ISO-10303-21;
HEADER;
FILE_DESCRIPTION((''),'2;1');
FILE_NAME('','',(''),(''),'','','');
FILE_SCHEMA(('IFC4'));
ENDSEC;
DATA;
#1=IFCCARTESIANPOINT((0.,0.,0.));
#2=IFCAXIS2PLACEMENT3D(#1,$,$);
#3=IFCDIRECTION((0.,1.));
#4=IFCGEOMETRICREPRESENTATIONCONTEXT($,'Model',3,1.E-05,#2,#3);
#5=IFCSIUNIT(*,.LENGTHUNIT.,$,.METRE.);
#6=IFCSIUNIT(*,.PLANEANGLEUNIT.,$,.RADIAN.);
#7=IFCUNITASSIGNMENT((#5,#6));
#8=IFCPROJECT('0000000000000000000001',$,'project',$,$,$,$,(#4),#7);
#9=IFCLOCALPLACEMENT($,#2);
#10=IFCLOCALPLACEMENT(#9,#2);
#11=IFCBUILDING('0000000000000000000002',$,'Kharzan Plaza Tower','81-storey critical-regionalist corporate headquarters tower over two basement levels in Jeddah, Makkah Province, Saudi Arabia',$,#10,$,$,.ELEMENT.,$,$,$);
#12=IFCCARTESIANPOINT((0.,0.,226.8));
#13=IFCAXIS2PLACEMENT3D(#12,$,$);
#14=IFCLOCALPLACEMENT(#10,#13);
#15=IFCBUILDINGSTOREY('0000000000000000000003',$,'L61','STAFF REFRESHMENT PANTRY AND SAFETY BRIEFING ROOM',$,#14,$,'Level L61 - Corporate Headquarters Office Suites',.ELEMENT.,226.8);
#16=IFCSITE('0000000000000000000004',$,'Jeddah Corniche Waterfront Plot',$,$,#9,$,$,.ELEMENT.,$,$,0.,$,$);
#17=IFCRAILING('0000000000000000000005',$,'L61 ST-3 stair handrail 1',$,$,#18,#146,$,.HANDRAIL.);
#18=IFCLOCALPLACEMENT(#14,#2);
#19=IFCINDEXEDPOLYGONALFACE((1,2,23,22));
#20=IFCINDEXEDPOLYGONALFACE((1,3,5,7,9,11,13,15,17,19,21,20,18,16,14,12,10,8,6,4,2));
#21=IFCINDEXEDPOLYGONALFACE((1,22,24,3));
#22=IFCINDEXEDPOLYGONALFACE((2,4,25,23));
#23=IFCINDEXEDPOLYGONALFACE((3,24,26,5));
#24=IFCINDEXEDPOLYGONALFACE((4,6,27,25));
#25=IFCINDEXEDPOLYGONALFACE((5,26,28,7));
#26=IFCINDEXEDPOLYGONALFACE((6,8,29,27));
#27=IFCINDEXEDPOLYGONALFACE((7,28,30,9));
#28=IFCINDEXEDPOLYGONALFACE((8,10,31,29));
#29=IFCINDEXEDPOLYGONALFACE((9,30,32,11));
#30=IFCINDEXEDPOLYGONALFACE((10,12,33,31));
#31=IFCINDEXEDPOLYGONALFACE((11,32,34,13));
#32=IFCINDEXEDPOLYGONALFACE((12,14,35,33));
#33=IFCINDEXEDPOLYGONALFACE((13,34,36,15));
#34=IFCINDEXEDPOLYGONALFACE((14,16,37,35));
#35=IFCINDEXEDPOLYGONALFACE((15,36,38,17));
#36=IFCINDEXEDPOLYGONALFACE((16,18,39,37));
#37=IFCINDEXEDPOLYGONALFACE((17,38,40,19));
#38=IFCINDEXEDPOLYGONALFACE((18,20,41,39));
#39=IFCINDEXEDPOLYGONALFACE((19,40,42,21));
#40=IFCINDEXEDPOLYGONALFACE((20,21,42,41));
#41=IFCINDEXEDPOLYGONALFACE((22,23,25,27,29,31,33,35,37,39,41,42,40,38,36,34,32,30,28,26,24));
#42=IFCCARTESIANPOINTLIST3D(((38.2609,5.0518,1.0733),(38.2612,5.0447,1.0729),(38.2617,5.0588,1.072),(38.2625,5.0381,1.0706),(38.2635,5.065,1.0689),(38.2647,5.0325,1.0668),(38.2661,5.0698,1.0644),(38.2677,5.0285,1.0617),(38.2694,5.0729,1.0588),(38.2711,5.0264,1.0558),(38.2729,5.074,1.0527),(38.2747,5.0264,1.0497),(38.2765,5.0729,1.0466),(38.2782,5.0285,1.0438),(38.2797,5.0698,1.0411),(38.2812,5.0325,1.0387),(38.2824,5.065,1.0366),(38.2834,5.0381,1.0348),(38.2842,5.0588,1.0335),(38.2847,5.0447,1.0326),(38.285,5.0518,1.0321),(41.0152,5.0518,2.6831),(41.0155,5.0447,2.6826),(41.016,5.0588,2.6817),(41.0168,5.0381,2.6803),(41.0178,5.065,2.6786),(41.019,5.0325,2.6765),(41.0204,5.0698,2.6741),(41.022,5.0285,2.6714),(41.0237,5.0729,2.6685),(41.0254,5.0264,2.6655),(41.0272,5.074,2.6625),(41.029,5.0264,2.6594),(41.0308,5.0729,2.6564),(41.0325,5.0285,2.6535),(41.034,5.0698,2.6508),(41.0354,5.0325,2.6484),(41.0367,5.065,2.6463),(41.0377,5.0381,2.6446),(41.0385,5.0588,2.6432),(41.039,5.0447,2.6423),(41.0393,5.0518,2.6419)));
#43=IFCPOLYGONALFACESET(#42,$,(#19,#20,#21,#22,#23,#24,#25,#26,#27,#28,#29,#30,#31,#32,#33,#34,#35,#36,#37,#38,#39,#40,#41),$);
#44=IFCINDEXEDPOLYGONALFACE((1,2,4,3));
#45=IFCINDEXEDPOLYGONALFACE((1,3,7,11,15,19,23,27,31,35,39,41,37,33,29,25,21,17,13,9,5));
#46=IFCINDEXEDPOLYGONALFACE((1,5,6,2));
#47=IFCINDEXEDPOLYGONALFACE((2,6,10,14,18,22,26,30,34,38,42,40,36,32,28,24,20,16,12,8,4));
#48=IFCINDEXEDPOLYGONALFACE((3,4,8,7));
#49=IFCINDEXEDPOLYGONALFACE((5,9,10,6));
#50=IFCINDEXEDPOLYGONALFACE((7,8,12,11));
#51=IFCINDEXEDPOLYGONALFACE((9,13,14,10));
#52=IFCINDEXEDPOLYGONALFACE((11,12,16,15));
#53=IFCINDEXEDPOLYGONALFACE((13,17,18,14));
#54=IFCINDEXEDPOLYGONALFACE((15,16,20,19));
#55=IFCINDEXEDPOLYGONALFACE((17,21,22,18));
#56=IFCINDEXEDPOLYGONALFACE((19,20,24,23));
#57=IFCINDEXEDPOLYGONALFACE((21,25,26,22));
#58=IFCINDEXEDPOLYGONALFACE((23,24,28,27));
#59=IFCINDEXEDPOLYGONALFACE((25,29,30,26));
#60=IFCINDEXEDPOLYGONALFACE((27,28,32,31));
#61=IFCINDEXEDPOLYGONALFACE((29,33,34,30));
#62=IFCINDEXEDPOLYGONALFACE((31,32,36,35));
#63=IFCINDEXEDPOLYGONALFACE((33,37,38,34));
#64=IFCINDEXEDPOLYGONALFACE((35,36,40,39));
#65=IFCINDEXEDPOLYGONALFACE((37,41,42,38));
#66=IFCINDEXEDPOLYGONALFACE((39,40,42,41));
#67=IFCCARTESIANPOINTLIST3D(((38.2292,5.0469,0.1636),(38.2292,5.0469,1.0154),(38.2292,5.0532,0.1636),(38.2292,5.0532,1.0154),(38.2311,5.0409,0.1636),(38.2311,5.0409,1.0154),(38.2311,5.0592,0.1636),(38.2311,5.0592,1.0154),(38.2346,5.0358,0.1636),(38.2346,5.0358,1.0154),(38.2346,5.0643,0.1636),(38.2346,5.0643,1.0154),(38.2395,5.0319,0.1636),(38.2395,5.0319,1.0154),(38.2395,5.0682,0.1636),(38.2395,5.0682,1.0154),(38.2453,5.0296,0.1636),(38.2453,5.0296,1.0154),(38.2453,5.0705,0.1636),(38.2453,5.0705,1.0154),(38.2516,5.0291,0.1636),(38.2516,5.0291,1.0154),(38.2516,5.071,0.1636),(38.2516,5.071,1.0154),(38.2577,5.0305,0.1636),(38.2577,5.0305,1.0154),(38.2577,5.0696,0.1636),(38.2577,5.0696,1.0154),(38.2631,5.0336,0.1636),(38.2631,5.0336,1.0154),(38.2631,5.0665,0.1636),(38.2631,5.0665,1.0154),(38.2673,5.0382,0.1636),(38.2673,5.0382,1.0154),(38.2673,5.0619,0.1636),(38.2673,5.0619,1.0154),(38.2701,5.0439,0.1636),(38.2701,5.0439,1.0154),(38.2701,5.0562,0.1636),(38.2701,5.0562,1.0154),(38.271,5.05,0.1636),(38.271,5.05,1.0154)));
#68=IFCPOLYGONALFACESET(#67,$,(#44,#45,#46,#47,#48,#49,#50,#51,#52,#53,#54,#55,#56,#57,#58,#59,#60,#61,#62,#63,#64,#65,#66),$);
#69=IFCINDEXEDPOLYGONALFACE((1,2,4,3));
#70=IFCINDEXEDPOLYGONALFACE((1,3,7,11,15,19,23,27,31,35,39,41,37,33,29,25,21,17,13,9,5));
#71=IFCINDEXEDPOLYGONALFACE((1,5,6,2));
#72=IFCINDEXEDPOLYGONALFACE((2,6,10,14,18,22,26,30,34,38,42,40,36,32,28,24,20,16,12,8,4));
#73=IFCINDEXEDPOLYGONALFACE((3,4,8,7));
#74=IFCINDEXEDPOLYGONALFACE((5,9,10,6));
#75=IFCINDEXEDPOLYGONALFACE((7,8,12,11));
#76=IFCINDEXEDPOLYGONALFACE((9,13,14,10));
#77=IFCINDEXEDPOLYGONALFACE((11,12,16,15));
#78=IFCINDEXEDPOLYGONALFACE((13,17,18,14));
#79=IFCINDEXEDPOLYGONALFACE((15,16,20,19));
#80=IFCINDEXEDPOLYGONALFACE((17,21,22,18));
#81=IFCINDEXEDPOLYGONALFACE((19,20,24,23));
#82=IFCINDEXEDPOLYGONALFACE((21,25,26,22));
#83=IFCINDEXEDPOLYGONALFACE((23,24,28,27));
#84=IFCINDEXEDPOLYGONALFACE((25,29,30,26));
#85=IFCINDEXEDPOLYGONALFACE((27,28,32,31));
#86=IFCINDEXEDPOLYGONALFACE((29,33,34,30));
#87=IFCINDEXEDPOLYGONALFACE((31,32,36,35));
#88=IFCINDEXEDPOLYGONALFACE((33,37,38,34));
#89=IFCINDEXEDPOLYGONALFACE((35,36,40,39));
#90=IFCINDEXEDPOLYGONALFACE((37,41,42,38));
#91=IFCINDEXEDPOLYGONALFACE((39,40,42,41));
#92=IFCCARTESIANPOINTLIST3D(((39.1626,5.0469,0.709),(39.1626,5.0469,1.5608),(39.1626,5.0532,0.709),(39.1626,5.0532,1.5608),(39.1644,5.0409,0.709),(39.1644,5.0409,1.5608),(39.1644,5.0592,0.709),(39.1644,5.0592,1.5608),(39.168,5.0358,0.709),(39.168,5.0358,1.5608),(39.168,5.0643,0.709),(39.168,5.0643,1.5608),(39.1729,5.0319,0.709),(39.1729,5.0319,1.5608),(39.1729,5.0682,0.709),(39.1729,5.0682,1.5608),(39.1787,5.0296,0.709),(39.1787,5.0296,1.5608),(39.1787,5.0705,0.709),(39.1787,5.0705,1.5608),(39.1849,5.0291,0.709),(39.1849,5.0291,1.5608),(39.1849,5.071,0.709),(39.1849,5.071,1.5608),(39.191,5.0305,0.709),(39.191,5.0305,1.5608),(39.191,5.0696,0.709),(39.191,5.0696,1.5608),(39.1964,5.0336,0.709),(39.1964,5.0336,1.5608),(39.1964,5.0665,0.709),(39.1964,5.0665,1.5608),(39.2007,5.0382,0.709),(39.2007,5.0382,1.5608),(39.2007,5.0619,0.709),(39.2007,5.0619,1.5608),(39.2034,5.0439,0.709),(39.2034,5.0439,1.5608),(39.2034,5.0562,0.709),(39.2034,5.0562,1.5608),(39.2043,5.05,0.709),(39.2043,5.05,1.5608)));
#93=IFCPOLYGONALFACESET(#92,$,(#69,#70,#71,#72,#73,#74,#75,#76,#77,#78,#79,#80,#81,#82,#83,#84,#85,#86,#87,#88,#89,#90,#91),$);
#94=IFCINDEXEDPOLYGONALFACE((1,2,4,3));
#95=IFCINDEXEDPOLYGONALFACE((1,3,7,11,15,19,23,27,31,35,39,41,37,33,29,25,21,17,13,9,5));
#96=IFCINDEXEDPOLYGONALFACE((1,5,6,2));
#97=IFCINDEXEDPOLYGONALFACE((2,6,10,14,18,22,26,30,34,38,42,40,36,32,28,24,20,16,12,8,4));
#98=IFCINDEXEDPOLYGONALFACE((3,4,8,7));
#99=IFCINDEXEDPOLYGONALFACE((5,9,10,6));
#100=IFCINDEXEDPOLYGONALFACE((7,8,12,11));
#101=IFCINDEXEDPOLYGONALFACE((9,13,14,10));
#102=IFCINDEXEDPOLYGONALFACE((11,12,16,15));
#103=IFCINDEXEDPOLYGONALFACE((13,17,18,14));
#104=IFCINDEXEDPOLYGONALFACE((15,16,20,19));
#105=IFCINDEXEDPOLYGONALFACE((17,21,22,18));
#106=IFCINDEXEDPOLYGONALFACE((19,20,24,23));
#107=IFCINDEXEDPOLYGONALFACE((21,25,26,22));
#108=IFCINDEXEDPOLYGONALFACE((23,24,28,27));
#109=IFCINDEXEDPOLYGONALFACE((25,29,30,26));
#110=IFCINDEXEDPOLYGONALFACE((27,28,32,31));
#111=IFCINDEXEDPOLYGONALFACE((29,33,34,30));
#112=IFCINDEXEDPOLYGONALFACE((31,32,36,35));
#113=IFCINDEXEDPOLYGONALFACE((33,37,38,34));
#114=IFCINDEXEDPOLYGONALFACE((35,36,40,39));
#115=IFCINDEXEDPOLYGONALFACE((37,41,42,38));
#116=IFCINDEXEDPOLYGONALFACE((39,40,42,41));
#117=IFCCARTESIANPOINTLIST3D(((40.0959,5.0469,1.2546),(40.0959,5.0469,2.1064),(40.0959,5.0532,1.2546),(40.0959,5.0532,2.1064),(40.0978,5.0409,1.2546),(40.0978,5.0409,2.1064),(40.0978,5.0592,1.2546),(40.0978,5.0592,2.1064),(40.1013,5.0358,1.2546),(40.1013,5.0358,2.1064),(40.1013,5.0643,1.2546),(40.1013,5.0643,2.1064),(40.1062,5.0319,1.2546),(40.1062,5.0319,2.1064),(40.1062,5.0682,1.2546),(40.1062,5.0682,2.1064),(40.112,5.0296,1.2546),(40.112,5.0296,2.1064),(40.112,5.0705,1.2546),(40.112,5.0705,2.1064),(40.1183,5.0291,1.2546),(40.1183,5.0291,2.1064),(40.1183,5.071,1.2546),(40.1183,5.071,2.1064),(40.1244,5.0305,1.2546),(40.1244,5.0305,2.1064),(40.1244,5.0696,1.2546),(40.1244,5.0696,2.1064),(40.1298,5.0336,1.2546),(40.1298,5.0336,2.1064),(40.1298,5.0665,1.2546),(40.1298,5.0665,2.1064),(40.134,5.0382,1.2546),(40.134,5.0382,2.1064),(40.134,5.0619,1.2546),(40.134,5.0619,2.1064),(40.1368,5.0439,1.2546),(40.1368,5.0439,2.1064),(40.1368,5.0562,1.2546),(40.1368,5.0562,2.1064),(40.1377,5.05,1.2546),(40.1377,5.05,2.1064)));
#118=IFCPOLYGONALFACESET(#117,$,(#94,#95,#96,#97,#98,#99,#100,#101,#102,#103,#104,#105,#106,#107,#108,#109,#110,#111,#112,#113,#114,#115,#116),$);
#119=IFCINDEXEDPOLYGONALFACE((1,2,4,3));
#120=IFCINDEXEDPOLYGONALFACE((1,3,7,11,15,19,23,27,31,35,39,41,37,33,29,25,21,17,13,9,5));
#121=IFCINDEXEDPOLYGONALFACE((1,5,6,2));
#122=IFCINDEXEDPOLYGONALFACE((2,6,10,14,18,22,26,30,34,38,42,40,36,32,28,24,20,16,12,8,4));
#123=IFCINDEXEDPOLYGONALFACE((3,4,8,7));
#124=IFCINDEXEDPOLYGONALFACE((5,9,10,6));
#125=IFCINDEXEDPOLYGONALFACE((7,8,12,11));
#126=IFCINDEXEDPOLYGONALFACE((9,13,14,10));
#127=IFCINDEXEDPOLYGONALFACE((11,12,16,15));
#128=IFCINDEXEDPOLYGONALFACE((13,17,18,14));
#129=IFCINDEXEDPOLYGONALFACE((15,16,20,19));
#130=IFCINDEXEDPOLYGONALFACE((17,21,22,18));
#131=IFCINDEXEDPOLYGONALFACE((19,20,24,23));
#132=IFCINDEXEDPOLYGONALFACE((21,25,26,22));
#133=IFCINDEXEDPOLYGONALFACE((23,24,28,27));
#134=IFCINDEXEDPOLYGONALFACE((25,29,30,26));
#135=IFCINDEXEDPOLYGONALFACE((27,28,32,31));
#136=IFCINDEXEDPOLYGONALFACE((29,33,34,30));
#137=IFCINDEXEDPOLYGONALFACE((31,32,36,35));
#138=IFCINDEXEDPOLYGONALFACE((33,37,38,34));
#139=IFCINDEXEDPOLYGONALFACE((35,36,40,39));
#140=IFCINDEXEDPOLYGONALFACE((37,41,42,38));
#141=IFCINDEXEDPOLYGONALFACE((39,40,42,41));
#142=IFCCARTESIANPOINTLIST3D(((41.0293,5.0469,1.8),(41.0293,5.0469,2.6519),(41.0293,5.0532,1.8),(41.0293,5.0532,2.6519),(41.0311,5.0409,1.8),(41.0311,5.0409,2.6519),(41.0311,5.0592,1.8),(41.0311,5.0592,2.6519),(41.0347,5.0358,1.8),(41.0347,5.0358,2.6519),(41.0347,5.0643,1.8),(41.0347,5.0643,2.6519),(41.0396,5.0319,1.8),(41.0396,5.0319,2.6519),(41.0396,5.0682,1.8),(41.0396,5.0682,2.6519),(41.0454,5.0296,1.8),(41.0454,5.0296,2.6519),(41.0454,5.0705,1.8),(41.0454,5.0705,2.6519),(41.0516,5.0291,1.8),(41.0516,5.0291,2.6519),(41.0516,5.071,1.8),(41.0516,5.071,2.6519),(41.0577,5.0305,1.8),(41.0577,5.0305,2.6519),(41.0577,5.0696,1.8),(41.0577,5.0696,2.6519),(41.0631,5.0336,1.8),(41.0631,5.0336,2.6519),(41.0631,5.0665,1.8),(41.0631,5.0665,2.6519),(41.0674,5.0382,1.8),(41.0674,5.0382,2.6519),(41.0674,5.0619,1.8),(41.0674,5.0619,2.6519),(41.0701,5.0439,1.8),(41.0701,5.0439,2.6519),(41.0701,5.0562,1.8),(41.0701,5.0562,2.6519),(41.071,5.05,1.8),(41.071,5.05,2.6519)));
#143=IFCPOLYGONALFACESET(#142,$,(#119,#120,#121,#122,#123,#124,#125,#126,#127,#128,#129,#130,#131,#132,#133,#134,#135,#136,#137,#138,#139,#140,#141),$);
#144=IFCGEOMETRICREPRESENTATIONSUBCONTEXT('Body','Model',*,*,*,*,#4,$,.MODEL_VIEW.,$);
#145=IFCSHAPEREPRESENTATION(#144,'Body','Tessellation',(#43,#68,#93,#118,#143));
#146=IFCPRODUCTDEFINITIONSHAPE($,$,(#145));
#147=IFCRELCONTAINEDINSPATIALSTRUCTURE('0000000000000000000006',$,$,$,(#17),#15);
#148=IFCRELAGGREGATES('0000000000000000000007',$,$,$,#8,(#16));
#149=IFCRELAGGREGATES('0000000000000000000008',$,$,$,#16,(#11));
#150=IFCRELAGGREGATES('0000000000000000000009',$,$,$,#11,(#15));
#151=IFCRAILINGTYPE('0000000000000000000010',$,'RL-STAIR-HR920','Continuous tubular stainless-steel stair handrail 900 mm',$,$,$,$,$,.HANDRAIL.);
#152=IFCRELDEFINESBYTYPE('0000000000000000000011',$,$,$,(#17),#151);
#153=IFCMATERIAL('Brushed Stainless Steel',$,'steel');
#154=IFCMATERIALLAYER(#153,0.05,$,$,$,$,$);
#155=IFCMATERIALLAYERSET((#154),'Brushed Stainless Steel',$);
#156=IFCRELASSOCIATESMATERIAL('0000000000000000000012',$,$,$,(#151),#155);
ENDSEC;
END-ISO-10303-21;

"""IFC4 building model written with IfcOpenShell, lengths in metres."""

from ifc_helpers import new_model, si_unit, direction, frame, origin, origin_2d, place, context, subcontext, project, spatial, circle, extrude, source, transform, mapped, material, layer, layer_set, type_object, element, save


model = new_model("IFC4")

# Units and contexts
model_context = context("Model", 3, precision=1e-05, world=origin(), true_north=direction((0.0, 1.0)))
body_context = subcontext(model_context, "Body", "Model", "MODEL_VIEW")
ifc_project = project(units=[si_unit("LENGTHUNIT", "METRE"), si_unit("PLANEANGLEUNIT", "RADIAN")], contexts=[model_context])

# Site, building, storey
site_placement = place(None, origin())
site = spatial("IfcSite", under=ifc_project, at=site_placement, Name="Jeddah Corniche Waterfront Plot", CompositionType="ELEMENT", RefElevation=0.0)
building_placement = place(site_placement, origin())
building = spatial("IfcBuilding", under=site, at=building_placement, Name="Kharzan Plaza Tower", Description="81-storey critical-regionalist corporate headquarters tower over two basement levels in Jeddah, Makkah Province, Saudi Arabia", CompositionType="ELEMENT")
storey_placement = place(building_placement, frame((0.0, 0.0, 226.8)))
storey = spatial("IfcBuildingStorey", under=building, at=storey_placement, Name="L61", Description="STAFF REFRESHMENT PANTRY AND SAFETY BRIEFING ROOM", LongName="Level L61 - Corporate Headquarters Office Suites", CompositionType="ELEMENT", Elevation=226.8)

# Railing
ifc_material_1 = material(Name="Brushed Stainless Steel", Category="steel")
ifc_layer_1 = layer(ifc_material_1, 0.05)
ifc_layer_set_1 = layer_set([ifc_layer_1], Name="Brushed Stainless Steel")
railing_type_1 = type_object("IfcRailingType", Name="RL-STAIR-HR920", Description="Continuous tubular stainless-steel stair handrail 900 mm", PredefinedType="HANDRAIL", material=ifc_layer_set_1)
shared_shape_1 = source(origin(), body_context, "Body", "SweptSolid", [
    extrude(circle(Radius=0.0239, at=origin_2d()), frame((0.0229, 0.0, 0.8892), z_axis=(0.863361, 0.0, 0.504587), x_axis=(0.0, 1.0, 0.0)), (0.0, 0.0, 1.0), 3.1902),
    extrude(circle(Radius=0.021, at=origin_2d()), origin(), (0.0, 0.0, 1.0), 0.8518),
    extrude(circle(Radius=0.021, at=origin_2d()), frame((0.9333, 0.0, 0.5454)), (0.0, 0.0, 1.0), 0.8518),
    extrude(circle(Radius=0.021, at=origin_2d()), frame((1.8667, 0.0, 1.0911)), (0.0, 0.0, 1.0), 0.8518),
    extrude(circle(Radius=0.021, at=origin_2d()), frame((2.8, 0.0, 1.6365)), (0.0, 0.0, 1.0), 0.8518),
])
railing_1_placement = place(storey_placement, frame((38.25, 5.05, 0.1636)))
element("IfcRailing", 1, at=railing_1_placement, inside=storey, type_object=railing_type_1, Name="L61 ST-3 stair handrail 1", PredefinedType="HANDRAIL", context=body_context, shape_type="MappedRepresentation", body=[
    mapped(shared_shape_1, transform((0.0, 0.0, 0.0), x_axis=(1.0, 0.0, 0.0), y_axis=(0.0, 1.0, 0.0), z_axis=(0.0, 0.0, 1.0))),
])

save(model, "model.ifc")
